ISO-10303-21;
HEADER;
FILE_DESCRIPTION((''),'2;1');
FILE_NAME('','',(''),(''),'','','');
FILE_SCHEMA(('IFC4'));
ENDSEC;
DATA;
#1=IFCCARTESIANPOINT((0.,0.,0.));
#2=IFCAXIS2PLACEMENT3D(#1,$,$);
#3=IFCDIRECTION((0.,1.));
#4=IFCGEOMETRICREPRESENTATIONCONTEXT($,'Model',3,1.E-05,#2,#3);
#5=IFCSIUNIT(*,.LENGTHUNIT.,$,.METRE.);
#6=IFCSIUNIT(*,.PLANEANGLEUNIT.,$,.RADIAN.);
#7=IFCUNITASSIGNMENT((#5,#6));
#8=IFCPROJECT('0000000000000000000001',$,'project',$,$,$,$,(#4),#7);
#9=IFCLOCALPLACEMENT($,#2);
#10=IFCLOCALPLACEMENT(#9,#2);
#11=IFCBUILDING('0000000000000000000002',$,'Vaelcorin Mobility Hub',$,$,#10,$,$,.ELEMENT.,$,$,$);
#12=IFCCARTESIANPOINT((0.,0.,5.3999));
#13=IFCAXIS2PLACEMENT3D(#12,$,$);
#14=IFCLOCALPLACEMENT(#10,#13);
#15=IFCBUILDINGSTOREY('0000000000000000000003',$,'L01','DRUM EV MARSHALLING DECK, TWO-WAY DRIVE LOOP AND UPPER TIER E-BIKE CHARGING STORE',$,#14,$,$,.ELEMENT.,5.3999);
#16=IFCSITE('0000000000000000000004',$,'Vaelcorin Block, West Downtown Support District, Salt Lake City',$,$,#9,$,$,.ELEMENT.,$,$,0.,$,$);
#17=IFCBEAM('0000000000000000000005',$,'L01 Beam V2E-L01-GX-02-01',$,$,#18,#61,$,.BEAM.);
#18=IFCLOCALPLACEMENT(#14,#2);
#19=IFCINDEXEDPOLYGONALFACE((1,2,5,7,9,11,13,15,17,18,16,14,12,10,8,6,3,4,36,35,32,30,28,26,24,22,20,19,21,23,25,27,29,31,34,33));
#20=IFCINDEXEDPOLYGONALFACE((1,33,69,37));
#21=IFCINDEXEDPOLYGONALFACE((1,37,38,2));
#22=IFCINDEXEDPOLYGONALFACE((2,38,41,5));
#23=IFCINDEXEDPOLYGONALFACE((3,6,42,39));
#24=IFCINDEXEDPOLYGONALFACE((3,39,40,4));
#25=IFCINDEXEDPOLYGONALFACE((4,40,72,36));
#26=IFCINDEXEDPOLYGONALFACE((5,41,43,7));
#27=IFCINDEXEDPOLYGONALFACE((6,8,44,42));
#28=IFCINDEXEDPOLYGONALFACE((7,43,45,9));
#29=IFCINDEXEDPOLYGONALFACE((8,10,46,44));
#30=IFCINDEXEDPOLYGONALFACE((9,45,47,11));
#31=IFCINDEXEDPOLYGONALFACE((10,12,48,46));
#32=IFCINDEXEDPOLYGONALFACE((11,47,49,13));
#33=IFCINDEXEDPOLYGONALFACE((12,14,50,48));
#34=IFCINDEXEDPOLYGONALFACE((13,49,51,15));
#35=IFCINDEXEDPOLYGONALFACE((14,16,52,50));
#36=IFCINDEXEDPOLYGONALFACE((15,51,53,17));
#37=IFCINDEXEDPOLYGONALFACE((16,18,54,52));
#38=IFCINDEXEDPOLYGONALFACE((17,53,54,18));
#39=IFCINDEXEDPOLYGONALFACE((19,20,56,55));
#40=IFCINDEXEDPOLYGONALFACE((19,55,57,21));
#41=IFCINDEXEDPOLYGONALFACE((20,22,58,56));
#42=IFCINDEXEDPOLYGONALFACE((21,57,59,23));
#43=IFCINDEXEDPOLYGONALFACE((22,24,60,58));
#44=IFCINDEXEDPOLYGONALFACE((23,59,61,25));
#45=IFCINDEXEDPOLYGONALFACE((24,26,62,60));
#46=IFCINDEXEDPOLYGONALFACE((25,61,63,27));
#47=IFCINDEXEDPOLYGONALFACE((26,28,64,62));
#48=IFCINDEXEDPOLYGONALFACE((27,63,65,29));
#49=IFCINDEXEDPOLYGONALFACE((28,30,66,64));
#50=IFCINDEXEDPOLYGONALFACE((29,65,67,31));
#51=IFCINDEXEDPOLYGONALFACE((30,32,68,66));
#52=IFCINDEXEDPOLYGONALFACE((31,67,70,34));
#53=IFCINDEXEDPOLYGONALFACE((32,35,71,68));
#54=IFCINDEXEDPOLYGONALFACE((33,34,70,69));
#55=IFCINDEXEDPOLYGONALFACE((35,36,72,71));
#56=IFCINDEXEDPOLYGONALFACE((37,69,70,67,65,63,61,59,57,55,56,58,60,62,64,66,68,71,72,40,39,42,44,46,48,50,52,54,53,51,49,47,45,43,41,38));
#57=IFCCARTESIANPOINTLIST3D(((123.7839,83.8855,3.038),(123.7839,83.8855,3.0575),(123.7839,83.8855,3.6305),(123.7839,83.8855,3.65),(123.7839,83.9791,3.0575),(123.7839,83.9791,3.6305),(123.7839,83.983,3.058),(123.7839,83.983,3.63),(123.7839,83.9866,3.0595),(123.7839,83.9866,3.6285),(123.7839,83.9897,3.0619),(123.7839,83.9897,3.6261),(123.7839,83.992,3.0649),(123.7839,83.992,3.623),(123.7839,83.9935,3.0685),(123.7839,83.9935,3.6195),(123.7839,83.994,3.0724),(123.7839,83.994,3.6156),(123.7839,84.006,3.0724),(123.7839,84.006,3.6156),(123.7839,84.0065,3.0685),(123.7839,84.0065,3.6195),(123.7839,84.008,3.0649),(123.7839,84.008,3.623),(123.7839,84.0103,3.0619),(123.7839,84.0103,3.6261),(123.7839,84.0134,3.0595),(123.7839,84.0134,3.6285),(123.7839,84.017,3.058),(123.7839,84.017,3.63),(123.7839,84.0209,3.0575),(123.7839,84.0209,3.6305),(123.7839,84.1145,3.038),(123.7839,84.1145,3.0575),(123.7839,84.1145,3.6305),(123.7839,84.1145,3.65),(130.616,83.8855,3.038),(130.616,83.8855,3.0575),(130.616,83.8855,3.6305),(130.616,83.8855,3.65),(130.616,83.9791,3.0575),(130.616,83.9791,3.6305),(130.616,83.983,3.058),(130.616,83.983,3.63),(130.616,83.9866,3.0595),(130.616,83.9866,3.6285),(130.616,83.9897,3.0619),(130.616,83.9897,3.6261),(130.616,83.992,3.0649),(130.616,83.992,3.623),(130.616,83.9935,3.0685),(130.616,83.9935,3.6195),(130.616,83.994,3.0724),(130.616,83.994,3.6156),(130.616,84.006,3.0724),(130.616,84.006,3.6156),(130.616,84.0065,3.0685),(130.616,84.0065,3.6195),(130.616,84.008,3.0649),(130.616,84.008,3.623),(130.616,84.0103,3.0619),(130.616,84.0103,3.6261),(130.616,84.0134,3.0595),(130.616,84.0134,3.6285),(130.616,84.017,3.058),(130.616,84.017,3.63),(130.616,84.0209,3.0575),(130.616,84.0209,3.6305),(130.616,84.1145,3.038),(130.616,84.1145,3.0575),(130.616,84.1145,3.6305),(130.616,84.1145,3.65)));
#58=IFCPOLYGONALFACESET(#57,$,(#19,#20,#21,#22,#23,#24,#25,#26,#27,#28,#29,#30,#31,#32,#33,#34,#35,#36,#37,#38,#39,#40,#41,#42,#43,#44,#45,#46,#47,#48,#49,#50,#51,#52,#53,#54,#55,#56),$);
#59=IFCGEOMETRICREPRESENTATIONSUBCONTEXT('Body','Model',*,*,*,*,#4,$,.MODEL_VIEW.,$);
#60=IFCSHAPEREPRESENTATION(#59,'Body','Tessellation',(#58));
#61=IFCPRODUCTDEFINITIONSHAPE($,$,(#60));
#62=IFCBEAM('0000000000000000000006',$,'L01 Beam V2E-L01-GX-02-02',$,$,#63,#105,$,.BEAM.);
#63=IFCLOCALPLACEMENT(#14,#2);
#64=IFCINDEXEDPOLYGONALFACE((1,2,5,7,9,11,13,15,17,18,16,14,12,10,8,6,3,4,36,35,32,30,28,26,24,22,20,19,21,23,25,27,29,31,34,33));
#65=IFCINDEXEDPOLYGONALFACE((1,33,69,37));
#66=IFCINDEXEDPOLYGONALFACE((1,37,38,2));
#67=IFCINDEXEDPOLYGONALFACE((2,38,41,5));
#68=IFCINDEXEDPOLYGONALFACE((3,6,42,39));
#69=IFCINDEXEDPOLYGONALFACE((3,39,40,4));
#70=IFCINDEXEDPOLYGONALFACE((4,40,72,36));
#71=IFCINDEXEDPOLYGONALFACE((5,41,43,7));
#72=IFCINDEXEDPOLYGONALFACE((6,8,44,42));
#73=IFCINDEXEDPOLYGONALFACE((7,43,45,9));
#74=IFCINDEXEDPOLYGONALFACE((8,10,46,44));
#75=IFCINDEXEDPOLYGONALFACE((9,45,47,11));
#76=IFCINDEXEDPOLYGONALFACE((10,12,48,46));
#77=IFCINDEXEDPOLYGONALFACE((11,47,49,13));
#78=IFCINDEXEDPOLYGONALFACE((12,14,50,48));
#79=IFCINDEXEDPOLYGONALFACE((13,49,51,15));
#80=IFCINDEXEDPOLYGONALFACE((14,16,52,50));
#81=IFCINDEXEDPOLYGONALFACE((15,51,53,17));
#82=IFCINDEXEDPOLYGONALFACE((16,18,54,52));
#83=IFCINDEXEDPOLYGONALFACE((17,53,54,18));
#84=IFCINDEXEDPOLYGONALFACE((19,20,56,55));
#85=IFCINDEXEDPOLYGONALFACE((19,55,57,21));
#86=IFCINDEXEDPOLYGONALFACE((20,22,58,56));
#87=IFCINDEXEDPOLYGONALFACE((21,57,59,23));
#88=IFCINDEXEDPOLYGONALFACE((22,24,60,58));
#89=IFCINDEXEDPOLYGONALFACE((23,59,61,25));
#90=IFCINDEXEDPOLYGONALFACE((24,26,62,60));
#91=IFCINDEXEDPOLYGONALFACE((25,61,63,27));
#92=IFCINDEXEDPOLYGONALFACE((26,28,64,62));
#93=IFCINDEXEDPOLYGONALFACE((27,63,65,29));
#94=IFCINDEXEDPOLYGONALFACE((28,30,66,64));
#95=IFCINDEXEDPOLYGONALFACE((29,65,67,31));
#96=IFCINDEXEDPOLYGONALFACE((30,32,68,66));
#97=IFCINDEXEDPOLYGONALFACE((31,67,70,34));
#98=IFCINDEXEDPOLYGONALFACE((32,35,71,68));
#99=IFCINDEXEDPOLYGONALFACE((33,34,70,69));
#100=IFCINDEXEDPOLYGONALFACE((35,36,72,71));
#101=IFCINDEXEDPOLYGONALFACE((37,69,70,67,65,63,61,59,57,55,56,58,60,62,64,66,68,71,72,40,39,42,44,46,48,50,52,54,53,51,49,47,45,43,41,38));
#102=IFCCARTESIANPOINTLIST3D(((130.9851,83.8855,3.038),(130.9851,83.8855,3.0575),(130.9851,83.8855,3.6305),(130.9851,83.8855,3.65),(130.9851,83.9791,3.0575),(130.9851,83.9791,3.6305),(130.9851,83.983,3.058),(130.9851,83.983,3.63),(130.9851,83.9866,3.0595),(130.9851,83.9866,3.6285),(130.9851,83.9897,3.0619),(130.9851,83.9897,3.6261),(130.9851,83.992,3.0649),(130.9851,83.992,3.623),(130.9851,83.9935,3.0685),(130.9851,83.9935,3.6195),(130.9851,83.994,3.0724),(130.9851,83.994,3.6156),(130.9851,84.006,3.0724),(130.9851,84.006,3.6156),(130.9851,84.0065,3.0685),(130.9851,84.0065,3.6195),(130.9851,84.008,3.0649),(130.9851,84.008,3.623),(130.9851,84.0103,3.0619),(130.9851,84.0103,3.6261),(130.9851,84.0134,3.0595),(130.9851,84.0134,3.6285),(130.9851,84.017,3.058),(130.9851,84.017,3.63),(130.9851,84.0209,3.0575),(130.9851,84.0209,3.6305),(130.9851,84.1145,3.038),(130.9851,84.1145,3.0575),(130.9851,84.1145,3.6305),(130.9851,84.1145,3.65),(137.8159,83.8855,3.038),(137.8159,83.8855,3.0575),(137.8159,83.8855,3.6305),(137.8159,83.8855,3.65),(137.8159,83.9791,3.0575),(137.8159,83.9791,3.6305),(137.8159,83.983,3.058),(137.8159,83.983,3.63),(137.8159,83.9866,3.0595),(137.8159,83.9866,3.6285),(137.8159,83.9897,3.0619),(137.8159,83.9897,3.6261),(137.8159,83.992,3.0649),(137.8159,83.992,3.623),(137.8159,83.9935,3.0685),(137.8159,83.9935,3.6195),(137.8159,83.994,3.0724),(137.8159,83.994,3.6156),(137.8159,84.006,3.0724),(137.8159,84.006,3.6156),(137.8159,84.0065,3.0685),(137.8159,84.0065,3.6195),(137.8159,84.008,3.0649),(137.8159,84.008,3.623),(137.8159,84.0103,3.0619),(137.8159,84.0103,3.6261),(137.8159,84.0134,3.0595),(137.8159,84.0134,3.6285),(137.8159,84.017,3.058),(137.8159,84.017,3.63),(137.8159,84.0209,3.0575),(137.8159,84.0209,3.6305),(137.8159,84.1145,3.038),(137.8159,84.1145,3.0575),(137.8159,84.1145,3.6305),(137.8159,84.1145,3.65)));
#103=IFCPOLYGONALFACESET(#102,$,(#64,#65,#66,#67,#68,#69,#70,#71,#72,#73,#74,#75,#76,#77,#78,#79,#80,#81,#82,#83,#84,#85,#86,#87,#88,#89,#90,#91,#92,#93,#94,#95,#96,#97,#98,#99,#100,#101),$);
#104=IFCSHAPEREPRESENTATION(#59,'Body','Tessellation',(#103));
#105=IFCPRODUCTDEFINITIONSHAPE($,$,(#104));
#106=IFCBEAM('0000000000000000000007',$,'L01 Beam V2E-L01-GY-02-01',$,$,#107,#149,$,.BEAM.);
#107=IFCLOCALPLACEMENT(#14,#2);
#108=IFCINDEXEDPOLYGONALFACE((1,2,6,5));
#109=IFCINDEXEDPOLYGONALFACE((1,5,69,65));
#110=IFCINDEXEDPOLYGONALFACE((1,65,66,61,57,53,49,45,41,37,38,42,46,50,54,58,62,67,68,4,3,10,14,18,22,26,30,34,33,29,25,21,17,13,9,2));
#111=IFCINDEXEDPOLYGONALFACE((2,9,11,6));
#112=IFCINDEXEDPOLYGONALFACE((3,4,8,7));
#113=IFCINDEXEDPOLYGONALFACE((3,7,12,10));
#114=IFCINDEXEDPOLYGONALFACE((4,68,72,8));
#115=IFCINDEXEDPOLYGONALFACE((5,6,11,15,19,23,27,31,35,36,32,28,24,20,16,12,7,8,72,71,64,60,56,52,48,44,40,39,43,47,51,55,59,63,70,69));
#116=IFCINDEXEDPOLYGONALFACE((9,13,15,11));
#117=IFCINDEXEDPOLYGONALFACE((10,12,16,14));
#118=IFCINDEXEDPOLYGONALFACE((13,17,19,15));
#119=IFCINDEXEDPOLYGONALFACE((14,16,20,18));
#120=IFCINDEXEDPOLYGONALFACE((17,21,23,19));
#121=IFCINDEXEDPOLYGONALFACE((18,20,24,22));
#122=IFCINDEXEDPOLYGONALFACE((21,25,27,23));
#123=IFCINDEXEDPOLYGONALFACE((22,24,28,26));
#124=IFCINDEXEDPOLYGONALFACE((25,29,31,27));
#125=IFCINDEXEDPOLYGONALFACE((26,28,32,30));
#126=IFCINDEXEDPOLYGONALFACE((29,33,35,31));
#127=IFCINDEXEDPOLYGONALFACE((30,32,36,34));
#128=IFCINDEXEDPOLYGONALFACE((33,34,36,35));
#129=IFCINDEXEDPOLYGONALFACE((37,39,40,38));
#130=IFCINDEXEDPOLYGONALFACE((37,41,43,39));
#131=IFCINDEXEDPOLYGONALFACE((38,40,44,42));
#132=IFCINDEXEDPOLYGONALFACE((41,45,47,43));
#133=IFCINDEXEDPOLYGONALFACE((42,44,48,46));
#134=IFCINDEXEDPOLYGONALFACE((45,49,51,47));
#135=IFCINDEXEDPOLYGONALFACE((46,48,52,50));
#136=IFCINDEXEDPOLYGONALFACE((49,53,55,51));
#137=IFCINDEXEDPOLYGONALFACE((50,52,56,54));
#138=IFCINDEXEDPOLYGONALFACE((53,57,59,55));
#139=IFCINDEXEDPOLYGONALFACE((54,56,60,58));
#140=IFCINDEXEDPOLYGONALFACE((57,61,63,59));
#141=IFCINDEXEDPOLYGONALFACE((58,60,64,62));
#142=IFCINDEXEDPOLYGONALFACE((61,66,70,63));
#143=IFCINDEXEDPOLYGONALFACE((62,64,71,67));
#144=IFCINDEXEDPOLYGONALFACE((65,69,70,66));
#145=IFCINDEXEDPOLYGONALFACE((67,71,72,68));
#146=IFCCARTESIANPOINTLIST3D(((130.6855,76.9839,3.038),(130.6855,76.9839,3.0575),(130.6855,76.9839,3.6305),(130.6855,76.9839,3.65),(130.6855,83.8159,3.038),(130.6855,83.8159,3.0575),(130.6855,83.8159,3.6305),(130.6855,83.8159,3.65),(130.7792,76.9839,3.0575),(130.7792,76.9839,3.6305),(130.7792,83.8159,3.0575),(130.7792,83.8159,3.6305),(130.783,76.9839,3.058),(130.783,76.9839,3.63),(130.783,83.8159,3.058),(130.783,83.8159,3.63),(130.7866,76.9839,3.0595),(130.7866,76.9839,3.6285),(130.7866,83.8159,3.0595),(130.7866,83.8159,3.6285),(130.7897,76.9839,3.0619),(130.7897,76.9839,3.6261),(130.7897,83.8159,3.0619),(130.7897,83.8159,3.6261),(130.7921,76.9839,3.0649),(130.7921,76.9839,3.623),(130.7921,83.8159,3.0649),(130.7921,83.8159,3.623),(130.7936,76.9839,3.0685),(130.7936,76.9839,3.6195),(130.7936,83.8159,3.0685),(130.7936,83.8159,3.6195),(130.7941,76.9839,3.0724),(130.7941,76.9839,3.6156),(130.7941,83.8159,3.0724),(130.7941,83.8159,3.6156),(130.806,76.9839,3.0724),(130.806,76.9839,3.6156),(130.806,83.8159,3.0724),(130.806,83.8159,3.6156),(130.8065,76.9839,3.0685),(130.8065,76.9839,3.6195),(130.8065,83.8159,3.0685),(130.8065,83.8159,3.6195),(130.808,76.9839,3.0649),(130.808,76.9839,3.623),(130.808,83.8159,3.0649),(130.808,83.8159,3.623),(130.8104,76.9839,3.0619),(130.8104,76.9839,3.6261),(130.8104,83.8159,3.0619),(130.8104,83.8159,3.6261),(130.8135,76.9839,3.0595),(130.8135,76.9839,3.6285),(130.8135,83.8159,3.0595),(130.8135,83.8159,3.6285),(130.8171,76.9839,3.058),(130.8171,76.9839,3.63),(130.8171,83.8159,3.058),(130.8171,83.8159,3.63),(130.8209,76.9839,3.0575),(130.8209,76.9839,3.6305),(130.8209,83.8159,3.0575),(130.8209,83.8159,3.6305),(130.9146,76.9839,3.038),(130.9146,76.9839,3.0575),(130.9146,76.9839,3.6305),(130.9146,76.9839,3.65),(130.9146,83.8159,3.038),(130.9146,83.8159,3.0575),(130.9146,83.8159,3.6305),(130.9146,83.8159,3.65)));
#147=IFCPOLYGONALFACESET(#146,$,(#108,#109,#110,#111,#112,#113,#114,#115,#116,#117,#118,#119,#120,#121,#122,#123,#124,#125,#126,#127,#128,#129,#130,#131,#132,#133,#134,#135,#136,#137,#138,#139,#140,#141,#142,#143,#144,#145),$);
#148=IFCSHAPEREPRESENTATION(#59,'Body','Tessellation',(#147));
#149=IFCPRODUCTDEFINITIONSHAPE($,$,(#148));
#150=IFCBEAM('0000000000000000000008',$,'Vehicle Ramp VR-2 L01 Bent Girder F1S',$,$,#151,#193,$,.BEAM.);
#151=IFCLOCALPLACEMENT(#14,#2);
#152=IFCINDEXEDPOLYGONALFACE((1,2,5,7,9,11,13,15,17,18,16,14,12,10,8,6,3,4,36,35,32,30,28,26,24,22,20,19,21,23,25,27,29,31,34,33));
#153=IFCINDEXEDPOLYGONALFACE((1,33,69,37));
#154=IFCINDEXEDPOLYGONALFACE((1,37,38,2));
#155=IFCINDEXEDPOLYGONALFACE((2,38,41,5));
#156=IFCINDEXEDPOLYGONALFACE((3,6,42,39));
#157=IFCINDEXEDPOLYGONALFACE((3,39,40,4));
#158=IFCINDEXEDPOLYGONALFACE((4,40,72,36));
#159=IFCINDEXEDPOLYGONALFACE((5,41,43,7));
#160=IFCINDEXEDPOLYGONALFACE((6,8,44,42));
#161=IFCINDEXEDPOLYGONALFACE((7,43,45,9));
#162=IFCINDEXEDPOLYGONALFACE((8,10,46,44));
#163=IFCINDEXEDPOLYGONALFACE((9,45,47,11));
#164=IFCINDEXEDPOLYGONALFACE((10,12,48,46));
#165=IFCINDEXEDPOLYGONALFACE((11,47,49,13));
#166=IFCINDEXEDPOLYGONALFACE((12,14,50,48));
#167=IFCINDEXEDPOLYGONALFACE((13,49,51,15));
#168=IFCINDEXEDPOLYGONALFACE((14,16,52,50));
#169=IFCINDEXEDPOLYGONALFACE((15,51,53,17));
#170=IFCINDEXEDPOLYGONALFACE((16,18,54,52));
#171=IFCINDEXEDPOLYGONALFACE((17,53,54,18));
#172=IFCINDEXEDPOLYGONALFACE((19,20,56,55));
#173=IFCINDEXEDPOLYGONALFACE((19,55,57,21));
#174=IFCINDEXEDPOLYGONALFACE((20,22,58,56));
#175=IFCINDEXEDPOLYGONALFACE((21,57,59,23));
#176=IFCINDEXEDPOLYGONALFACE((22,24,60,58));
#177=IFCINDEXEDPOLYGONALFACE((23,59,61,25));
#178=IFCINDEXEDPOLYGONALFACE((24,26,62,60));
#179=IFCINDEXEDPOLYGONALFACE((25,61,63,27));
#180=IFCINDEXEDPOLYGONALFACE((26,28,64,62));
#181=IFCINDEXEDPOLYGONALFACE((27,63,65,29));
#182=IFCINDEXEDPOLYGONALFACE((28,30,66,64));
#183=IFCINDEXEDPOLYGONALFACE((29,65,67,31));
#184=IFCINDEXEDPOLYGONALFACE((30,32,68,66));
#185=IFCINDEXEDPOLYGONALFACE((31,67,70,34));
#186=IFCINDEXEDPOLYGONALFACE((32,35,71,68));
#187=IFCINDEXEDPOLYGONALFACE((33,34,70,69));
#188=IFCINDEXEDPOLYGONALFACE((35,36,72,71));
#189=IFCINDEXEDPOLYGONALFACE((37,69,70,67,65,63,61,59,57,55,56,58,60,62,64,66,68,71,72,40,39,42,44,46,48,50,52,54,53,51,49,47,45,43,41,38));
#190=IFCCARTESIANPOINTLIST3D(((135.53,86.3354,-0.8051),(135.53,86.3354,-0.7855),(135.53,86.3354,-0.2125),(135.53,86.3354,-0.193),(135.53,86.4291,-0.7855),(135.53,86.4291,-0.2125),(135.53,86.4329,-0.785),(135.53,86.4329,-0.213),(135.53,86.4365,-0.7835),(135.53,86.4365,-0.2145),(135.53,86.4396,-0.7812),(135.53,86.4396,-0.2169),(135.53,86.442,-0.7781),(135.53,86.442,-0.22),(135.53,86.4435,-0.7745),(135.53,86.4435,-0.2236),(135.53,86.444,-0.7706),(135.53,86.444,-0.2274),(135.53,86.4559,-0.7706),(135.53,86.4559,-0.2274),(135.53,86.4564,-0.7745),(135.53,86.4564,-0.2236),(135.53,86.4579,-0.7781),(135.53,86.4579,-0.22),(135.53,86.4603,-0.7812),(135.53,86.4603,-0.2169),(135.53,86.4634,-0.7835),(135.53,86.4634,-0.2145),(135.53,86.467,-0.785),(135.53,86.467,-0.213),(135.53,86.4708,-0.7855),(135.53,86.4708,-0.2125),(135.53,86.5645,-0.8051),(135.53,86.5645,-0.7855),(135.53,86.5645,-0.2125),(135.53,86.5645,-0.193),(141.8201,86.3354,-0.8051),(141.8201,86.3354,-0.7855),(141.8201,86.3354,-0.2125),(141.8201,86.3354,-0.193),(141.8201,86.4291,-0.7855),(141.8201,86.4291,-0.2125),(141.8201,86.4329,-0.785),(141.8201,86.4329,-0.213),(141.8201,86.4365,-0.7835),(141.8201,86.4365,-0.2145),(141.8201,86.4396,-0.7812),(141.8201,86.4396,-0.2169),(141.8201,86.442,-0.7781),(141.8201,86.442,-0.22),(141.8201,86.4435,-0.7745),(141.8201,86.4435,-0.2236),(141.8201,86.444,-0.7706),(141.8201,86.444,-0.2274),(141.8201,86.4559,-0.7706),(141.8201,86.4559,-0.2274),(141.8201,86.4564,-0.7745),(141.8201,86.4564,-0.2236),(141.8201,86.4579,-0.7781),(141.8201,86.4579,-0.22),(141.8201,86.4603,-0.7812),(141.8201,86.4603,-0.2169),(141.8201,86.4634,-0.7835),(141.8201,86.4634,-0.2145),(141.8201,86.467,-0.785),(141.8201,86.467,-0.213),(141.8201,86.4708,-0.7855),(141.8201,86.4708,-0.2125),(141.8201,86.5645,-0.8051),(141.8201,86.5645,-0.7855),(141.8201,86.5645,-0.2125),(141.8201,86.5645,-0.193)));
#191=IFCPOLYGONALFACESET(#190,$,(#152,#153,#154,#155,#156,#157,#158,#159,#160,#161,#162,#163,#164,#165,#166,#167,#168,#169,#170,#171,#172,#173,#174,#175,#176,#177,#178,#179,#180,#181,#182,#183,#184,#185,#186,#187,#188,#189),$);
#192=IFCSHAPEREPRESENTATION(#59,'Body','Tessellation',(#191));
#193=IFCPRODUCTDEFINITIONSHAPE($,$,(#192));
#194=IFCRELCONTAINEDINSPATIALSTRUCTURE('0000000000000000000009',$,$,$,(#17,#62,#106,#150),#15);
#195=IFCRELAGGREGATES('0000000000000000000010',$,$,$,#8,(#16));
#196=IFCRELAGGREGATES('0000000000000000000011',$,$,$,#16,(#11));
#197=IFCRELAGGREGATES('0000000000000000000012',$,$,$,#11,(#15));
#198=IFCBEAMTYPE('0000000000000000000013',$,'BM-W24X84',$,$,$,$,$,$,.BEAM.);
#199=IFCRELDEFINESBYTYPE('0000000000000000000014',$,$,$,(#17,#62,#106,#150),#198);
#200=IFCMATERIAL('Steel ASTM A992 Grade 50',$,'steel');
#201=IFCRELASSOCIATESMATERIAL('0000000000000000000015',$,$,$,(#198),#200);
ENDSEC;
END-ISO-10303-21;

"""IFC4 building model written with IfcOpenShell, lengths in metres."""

from ifc_helpers import new_model, si_unit, direction, frame, origin, origin_2d, place, context, subcontext, project, spatial, i_section, extrude, material, material_profile, profile_set, type_object, element, save


model = new_model("IFC4")

# Units and contexts
model_context = context("Model", 3, precision=1e-05, world=origin(), true_north=direction((0.0, 1.0)))
body_context = subcontext(model_context, "Body", "Model", "MODEL_VIEW")
ifc_project = project(units=[si_unit("LENGTHUNIT", "METRE"), si_unit("PLANEANGLEUNIT", "RADIAN")], contexts=[model_context])

# Site, building, storey
site_placement = place(None, origin())
site = spatial("IfcSite", under=ifc_project, at=site_placement, Name="Vaelcorin Block, West Downtown Support District, Salt Lake City", CompositionType="ELEMENT", RefElevation=0.0)
building_placement = place(site_placement, origin())
building = spatial("IfcBuilding", under=site, at=building_placement, Name="Vaelcorin Mobility Hub", CompositionType="ELEMENT")
storey_placement = place(building_placement, frame((0.0, 0.0, 5.3999)))
storey = spatial("IfcBuildingStorey", under=building, at=storey_placement, Name="L01", Description="DRUM EV MARSHALLING DECK, TWO-WAY DRIVE LOOP AND UPPER TIER E-BIKE CHARGING STORE", CompositionType="ELEMENT", Elevation=5.3999)

# Shared definitions
ifc_material_1 = material(Name="Steel ASTM A992 Grade 50", Category="steel")

# Beams
ifc_material_profile_1 = material_profile(ifc_material_1, i_section(OverallWidth=0.229, OverallDepth=0.6121, WebThickness=0.012, FlangeThickness=0.0195, FilletRadius=0.0149, at=origin_2d()), Name="W24X84")
ifc_profile_set_1 = profile_set([ifc_material_profile_1], Name="Steel ASTM A992 Grade 50")
beam_type_1 = type_object("IfcBeamType", Name="BM-W24X84", PredefinedType="BEAM", material=ifc_profile_set_1)
beam_1_placement = place(storey_placement, frame((123.7839, 84.0, 3.344), z_axis=(1.0, 0.0, 0.0), x_axis=(0.0, 1.0, 0.0)))
element("IfcBeam", 1, at=beam_1_placement, inside=storey, type_object=beam_type_1, Name="L01 Beam V2E-L01-GX-02-01", PredefinedType="BEAM", context=body_context, shape_type="SweptSolid", body=[
    extrude(i_section(OverallWidth=0.229, OverallDepth=0.6121, WebThickness=0.012, FlangeThickness=0.0195, FilletRadius=0.0149, at=origin_2d()), origin(), (0.0, 0.0, 1.0), 6.832),
])
beam_2_placement = place(storey_placement, frame((130.9851, 84.0, 3.344), z_axis=(1.0, 0.0, 0.0), x_axis=(0.0, 1.0, 0.0)))
element("IfcBeam", 2, at=beam_2_placement, inside=storey, type_object=beam_type_1, Name="L01 Beam V2E-L01-GX-02-02", PredefinedType="BEAM", context=body_context, shape_type="SweptSolid", body=[
    extrude(i_section(OverallWidth=0.229, OverallDepth=0.6121, WebThickness=0.012, FlangeThickness=0.0195, FilletRadius=0.0149, at=origin_2d()), origin(), (0.0, 0.0, 1.0), 6.8308),
])
beam_3_placement = place(storey_placement, frame((130.8, 76.9839, 3.344), z_axis=(0.0, 1.0, 0.0), x_axis=(-1.0, 0.0, 0.0)))
element("IfcBeam", 3, at=beam_3_placement, inside=storey, type_object=beam_type_1, Name="L01 Beam V2E-L01-GY-02-01", PredefinedType="BEAM", context=body_context, shape_type="SweptSolid", body=[
    extrude(i_section(OverallWidth=0.229, OverallDepth=0.6121, WebThickness=0.012, FlangeThickness=0.0195, FilletRadius=0.0149, at=origin_2d()), origin(), (0.0, 0.0, 1.0), 6.832),
])
for number, where, z_axis, x_axis, name in (
    (4, (135.53, 86.45, -0.499), (1.0, 0.0, 0.0), (0.0, 1.0, 0.0), "Vehicle Ramp VR-2 L01 Bent Girder F1S"),
):
    element("IfcBeam", number, at=place(storey_placement, frame(where, z_axis=z_axis, x_axis=x_axis)), inside=storey, type_object=beam_type_1, Name=name, PredefinedType="BEAM", context=body_context, shape_type="SweptSolid", body=[
        extrude(i_section(OverallWidth=0.229, OverallDepth=0.6121, WebThickness=0.012, FlangeThickness=0.0195, FilletRadius=0.0149, at=origin_2d()), origin(), (0.0, 0.0, 1.0), 6.29),
    ])

save(model, "model.ifc")
